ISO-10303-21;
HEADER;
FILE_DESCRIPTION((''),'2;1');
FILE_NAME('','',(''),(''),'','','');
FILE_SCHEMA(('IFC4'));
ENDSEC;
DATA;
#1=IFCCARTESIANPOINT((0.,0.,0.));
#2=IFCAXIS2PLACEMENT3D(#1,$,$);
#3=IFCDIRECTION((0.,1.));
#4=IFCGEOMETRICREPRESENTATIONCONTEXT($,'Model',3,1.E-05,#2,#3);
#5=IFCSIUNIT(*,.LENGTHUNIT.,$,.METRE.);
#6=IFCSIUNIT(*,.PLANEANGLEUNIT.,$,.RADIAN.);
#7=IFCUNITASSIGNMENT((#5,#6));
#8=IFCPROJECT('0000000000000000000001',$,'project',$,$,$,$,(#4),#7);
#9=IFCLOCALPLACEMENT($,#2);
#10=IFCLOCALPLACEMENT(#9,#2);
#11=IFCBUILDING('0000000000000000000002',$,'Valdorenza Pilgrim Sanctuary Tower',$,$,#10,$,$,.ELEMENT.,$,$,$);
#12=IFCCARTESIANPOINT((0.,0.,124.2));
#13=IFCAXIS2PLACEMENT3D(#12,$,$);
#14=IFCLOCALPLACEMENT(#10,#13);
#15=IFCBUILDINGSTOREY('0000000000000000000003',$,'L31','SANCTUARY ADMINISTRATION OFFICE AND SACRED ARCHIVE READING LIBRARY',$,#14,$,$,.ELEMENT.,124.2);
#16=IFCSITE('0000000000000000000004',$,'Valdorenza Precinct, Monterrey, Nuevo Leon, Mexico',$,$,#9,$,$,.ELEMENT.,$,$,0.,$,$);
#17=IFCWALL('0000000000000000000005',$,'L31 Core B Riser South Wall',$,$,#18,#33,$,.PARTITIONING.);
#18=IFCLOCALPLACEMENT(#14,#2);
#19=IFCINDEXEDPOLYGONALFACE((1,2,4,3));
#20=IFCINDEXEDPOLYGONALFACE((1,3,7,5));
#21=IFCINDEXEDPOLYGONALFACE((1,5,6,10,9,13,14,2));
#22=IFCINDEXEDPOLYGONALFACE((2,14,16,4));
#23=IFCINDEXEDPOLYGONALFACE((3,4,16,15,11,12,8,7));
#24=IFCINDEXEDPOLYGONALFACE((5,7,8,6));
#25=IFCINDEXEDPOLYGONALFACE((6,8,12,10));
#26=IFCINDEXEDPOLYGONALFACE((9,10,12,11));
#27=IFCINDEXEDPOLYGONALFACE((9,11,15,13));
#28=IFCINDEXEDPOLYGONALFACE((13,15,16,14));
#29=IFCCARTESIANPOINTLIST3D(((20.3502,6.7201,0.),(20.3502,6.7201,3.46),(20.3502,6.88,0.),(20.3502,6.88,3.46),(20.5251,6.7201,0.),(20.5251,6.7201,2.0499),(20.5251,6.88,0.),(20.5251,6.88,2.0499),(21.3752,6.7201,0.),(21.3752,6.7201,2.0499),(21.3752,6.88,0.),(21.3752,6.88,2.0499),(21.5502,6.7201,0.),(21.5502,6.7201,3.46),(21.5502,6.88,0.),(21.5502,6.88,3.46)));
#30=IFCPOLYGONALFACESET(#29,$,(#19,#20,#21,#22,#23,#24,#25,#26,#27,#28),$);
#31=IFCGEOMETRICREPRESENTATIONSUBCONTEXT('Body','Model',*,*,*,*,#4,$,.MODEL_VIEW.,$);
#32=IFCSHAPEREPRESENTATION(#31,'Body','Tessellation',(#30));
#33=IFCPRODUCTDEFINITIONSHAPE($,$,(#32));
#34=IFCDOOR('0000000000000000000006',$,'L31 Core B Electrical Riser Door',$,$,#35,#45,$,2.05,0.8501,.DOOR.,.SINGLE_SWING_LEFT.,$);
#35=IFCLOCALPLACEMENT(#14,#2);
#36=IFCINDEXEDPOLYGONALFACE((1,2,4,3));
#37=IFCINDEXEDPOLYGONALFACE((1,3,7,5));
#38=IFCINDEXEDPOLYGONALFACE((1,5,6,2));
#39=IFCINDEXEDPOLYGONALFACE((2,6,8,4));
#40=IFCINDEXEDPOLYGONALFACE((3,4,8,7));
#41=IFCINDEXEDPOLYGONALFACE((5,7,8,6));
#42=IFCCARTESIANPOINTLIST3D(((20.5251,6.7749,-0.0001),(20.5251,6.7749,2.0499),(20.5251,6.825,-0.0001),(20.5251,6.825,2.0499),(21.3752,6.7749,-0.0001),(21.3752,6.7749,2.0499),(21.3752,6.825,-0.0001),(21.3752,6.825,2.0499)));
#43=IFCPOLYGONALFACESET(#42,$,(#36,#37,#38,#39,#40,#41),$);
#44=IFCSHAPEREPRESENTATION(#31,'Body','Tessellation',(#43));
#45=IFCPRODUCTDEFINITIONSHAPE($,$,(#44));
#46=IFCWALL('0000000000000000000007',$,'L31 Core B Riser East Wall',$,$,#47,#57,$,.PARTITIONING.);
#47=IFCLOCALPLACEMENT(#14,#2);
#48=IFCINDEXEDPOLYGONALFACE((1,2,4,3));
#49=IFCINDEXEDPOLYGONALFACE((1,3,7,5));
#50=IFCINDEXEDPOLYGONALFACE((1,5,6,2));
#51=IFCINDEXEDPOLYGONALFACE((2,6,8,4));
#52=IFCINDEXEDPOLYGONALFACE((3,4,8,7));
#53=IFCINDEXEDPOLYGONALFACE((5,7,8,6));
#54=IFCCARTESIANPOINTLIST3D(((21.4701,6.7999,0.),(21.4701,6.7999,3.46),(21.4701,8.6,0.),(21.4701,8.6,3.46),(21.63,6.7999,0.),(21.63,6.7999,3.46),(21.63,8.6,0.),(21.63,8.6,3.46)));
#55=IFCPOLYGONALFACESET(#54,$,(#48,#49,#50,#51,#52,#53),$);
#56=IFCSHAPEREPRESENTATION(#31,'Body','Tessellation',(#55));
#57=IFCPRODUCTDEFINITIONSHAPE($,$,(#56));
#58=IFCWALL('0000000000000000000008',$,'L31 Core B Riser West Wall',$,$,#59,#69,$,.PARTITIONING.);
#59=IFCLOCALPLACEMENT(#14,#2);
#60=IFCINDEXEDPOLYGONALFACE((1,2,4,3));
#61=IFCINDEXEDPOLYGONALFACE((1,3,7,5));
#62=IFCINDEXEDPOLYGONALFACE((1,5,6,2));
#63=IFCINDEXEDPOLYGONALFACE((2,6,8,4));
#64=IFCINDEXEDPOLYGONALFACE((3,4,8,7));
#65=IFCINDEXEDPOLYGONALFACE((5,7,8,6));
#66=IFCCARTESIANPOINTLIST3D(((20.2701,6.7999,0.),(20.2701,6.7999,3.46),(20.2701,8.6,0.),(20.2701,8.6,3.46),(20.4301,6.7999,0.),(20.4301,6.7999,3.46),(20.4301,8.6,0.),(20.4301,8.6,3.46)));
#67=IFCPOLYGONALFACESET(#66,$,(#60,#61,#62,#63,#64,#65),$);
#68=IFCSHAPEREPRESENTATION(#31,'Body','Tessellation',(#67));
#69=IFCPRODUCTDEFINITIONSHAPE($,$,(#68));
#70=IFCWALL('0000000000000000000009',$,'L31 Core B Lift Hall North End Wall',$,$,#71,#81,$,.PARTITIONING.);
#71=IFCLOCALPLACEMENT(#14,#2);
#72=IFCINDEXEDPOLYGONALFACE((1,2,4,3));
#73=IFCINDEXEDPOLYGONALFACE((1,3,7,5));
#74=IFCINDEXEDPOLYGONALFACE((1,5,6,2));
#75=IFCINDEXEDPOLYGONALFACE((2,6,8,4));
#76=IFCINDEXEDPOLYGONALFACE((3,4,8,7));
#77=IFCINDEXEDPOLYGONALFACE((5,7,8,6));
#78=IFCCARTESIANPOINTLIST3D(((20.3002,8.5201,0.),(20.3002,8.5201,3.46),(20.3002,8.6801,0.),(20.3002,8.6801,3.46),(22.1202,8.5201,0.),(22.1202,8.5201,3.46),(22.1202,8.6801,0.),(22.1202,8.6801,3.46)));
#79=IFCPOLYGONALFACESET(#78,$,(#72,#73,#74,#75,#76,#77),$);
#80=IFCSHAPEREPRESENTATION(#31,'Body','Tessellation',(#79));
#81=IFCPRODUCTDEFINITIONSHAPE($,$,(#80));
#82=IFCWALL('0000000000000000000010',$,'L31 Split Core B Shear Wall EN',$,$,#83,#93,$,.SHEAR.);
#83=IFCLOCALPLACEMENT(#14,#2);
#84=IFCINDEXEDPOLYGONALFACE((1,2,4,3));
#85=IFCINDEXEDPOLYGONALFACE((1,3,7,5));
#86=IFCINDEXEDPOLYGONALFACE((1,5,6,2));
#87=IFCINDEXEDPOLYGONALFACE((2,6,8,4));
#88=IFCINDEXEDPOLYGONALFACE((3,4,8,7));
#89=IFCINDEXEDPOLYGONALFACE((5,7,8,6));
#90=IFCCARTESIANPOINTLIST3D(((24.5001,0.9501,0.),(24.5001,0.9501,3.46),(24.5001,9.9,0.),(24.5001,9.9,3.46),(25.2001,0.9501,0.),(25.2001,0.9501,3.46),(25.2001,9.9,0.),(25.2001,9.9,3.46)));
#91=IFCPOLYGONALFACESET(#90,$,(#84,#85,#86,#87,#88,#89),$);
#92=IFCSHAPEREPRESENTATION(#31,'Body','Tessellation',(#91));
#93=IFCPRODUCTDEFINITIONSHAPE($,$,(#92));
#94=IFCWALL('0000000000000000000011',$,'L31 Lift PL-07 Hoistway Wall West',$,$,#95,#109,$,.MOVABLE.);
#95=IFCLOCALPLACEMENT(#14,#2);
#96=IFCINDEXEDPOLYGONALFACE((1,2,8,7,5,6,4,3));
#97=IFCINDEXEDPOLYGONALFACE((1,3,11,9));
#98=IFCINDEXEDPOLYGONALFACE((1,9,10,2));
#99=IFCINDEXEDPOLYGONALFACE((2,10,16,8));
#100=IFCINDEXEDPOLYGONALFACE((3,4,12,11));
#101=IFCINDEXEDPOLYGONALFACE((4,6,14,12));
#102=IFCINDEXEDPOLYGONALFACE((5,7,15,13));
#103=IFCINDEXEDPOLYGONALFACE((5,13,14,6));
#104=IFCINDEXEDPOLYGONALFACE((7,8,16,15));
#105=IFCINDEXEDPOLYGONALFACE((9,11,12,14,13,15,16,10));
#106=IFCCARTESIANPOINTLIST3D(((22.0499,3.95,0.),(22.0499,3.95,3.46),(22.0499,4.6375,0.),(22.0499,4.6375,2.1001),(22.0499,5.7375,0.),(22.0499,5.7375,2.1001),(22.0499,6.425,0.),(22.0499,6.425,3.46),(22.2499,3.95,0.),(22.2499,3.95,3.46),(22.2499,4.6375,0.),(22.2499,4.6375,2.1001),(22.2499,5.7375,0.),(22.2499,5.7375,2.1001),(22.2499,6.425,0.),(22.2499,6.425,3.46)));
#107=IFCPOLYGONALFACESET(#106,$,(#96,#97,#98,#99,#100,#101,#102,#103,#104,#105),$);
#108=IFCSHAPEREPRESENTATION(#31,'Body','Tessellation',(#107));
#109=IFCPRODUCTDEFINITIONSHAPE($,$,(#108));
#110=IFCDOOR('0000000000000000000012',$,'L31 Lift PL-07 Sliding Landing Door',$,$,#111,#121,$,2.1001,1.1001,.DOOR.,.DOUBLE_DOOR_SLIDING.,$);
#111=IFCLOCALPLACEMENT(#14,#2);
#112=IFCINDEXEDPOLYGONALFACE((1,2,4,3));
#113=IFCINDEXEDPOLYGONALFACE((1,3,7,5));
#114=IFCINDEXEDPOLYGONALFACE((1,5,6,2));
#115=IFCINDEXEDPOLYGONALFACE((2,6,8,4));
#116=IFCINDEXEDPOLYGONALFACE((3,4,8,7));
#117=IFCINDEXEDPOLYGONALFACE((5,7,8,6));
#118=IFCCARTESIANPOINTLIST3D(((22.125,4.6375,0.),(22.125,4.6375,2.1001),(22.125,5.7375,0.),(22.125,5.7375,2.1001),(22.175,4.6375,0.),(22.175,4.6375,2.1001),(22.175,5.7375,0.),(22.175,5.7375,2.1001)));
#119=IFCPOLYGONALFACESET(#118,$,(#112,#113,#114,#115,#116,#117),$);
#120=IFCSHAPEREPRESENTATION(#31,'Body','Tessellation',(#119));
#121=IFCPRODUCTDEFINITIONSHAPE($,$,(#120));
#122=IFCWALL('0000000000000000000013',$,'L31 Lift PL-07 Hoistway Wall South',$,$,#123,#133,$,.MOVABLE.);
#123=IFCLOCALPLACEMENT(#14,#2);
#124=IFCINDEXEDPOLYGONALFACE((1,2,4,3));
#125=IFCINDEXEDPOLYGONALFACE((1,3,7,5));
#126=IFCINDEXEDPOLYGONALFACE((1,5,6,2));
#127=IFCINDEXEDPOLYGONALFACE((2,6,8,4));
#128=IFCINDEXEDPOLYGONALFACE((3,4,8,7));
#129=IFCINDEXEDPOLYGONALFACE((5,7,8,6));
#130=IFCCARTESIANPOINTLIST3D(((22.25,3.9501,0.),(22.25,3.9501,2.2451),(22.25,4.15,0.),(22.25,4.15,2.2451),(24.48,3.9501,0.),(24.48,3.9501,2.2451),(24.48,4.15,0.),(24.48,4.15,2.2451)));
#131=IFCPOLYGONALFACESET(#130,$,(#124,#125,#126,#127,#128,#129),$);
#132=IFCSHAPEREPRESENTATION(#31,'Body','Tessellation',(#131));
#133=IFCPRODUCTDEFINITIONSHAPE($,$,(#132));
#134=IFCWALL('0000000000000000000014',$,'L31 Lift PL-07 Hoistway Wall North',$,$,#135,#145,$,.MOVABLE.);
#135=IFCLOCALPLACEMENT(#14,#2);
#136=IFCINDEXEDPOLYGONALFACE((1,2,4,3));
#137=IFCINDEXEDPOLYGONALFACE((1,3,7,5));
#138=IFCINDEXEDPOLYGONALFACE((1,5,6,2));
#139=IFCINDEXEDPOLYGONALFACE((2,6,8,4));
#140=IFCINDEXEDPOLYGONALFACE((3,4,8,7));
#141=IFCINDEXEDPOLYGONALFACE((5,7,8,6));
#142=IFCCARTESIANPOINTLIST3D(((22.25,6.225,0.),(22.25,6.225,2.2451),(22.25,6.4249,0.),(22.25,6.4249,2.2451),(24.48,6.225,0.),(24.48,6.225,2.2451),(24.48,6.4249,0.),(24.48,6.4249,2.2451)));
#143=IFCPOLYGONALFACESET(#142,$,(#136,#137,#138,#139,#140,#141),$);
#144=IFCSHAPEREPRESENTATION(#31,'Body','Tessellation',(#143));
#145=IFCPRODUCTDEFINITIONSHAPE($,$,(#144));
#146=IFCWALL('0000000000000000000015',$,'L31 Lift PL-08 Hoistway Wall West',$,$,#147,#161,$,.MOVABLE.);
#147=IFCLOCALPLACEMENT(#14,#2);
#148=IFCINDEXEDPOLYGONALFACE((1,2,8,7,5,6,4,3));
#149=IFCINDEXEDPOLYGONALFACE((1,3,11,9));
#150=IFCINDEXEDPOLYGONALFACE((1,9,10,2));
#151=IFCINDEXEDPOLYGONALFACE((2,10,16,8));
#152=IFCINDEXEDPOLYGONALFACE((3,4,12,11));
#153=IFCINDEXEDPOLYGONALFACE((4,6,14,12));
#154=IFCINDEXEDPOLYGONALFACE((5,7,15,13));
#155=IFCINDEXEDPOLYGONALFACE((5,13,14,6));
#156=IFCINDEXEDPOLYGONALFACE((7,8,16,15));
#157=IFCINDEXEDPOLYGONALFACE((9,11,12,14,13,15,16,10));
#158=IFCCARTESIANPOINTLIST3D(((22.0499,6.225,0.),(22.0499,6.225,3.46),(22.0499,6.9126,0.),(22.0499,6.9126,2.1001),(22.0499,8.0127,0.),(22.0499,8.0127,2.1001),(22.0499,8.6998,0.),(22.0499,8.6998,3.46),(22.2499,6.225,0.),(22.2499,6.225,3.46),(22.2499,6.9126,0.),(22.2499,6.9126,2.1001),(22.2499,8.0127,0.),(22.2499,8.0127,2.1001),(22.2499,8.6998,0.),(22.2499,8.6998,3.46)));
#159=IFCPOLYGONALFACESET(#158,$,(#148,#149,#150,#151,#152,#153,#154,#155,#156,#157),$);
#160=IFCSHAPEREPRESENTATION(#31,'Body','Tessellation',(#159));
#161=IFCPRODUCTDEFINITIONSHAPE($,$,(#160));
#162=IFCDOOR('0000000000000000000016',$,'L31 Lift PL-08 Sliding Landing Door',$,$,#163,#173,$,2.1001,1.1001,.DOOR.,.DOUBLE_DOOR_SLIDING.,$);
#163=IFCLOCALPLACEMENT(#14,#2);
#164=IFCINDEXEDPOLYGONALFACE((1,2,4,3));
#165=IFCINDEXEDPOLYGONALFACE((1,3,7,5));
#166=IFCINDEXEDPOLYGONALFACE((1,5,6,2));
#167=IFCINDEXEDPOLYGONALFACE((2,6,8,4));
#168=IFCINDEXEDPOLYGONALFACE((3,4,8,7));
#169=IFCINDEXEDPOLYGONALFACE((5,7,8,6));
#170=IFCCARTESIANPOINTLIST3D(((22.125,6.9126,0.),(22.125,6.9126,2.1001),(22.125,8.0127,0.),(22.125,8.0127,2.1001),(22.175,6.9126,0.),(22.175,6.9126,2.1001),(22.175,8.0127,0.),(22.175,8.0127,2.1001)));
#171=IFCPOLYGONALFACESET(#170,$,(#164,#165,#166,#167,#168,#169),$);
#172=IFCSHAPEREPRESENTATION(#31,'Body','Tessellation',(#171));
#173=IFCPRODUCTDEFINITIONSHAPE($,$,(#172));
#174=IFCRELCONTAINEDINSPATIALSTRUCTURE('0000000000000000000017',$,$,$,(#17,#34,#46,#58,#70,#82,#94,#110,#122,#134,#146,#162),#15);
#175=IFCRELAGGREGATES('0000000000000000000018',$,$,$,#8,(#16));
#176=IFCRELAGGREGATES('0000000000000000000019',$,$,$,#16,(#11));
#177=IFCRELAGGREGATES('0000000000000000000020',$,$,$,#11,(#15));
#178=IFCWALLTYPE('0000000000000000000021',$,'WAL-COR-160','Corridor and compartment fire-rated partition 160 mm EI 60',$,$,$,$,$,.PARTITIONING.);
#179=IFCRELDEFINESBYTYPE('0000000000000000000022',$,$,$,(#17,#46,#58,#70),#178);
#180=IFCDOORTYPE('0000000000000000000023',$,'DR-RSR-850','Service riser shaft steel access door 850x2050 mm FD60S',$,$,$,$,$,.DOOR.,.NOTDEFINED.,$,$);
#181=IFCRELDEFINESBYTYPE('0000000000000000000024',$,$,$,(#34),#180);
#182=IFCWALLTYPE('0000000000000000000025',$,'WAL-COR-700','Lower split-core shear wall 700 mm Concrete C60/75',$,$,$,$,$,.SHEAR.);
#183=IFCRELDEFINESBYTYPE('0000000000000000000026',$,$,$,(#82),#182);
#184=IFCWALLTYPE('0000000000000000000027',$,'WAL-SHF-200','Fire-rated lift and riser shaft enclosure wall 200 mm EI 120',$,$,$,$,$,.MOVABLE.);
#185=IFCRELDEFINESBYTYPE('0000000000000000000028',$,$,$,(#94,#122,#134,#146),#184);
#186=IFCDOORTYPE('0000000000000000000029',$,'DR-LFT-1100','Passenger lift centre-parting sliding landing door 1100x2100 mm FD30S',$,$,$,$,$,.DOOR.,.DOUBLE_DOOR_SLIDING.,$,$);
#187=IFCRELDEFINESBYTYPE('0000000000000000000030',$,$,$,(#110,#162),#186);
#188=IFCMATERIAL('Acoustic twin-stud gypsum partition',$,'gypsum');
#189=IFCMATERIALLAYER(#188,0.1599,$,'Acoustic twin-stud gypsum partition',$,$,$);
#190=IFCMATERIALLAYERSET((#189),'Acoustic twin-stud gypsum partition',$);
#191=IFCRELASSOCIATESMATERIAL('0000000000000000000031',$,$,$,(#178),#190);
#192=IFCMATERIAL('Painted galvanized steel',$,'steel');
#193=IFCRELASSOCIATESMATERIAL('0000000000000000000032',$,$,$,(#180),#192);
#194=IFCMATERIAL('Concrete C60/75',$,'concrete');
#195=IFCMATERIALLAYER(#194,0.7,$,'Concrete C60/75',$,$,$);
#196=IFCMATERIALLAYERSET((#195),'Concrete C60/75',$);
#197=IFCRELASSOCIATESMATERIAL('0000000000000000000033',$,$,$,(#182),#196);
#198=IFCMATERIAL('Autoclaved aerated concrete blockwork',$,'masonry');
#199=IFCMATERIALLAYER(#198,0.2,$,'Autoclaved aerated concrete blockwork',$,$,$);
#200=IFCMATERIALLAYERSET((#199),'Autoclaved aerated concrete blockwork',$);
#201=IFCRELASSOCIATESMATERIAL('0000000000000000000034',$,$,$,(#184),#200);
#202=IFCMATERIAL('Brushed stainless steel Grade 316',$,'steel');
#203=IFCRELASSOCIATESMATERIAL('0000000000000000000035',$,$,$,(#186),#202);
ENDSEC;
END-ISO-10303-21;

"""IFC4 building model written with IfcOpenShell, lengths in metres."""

from ifc_helpers import new_model, si_unit, direction, frame, frame_2d, origin, place, context, subcontext, project, spatial, rectangle, extrude, material, layer, layer_set, type_object, element, fill, save


model = new_model("IFC4")

# Units and contexts
model_context = context("Model", 3, precision=1e-05, world=origin(), true_north=direction((0.0, 1.0)))
body_context = subcontext(model_context, "Body", "Model", "MODEL_VIEW")
ifc_project = project(units=[si_unit("LENGTHUNIT", "METRE"), si_unit("PLANEANGLEUNIT", "RADIAN")], contexts=[model_context])

# Site, building, storey
site_placement = place(None, origin())
site = spatial("IfcSite", under=ifc_project, at=site_placement, Name="Valdorenza Precinct, Monterrey, Nuevo Leon, Mexico", CompositionType="ELEMENT", RefElevation=0.0)
building_placement = place(site_placement, origin())
building = spatial("IfcBuilding", under=site, at=building_placement, Name="Valdorenza Pilgrim Sanctuary Tower", CompositionType="ELEMENT")
storey_placement = place(building_placement, frame((0.0, 0.0, 124.2)))
storey = spatial("IfcBuildingStorey", under=building, at=storey_placement, Name="L31", Description="SANCTUARY ADMINISTRATION OFFICE AND SACRED ARCHIVE READING LIBRARY", CompositionType="ELEMENT", Elevation=124.2)

# Wall, opening, door
ifc_material_1 = material(Name="Acoustic twin-stud gypsum partition", Category="gypsum")
ifc_layer_1 = layer(ifc_material_1, 0.1599, Name="Acoustic twin-stud gypsum partition")
ifc_layer_set_1 = layer_set([ifc_layer_1], Name="Acoustic twin-stud gypsum partition")
wall_type_1 = type_object("IfcWallType", Name="WAL-COR-160", Description="Corridor and compartment fire-rated partition 160 mm EI 60", PredefinedType="PARTITIONING", material=ifc_layer_set_1)
wall_1_placement = place(storey_placement, frame((20.3501, 6.8, 0.0), z_axis=(0.0, 0.0, 1.0), x_axis=(1.0, 0.0, 0.0)))
wall_1 = element("IfcWall", 1, at=wall_1_placement, inside=storey, type_object=wall_type_1, Name="L31 Core B Riser South Wall", PredefinedType="PARTITIONING", context=body_context, shape_type="SweptSolid", body=[
    extrude(rectangle(XDim=1.2, YDim=0.1599, at=frame_2d((0.6001, 0.0))), origin(), (0.0, 0.0, 1.0), 3.46),
])
opening_1_placement = place(wall_1_placement, frame((0.175, 0.0, 0.0)))
opening_1 = element("IfcOpeningElement", 2, at=opening_1_placement, cuts=wall_1, PredefinedType="OPENING", context=body_context, shape_type="SweptSolid", body=[
    extrude(rectangle(XDim=0.8501, YDim=2.05, at=frame_2d((0.425, 1.0249))), frame((0.0, 0.0947, 0.0), z_axis=(0.0, -1.0, 0.0), x_axis=(1.0, 0.0, 0.0)), (0.0, 0.0, 1.0), 0.1897),
])
ifc_material_2 = material(Name="Painted galvanized steel", Category="steel")
door_type_1 = type_object("IfcDoorType", Name="DR-RSR-850", Description="Service riser shaft steel access door 850x2050 mm FD60S", OperationType="NOTDEFINED", PredefinedType="DOOR", material=ifc_material_2)
door_1_placement = place(opening_1_placement, origin())
door_1 = element("IfcDoor", 3, at=door_1_placement, inside=storey, type_object=door_type_1, Name="L31 Core B Electrical Riser Door", OperationType="SINGLE_SWING_LEFT", OverallHeight=2.05, OverallWidth=0.8501, PredefinedType="DOOR", context=body_context, shape_type="SweptSolid", body=[
    extrude(rectangle(XDim=0.8501, YDim=2.05, at=frame_2d((0.425, 1.0249))), frame((0.0, 0.0249, 0.0), z_axis=(0.0, -1.0, 0.0), x_axis=(1.0, 0.0, 0.0)), (0.0, 0.0, 1.0), 0.05),
])
fill(opening_1, door_1)

# Walls
for number, where, z_axis, x_axis, name in (
    (4, (21.55, 6.8, 0.0), (0.0, 0.0, 1.0), (0.0, 1.0, 0.0), "L31 Core B Riser East Wall"),
    (5, (20.3501, 6.8, 0.0), (0.0, 0.0, 1.0), (0.0, 1.0, 0.0), "L31 Core B Riser West Wall"),
):
    element("IfcWall", number, at=place(storey_placement, frame(where, z_axis=z_axis, x_axis=x_axis)), inside=storey, type_object=wall_type_1, Name=name, PredefinedType="PARTITIONING", context=body_context, shape_type="SweptSolid", body=[
        extrude(rectangle(XDim=1.8, YDim=0.1599, at=frame_2d((0.8999, 0.0))), origin(), (0.0, 0.0, 1.0), 3.46),
    ])
wall_2_placement = place(storey_placement, frame((20.3, 8.6001, 0.0), z_axis=(0.0, 0.0, 1.0), x_axis=(1.0, 0.0, 0.0)))
element("IfcWall", 6, at=wall_2_placement, inside=storey, type_object=wall_type_1, Name="L31 Core B Lift Hall North End Wall", PredefinedType="PARTITIONING", context=body_context, shape_type="SweptSolid", body=[
    extrude(rectangle(XDim=1.8201, YDim=0.1599, at=frame_2d((0.9102, 0.0))), origin(), (0.0, 0.0, 1.0), 3.46),
])
ifc_material_3 = material(Name="Concrete C60/75", Category="concrete")
ifc_layer_2 = layer(ifc_material_3, 0.7, Name="Concrete C60/75")
ifc_layer_set_2 = layer_set([ifc_layer_2], Name="Concrete C60/75")
wall_type_2 = type_object("IfcWallType", Name="WAL-COR-700", Description="Lower split-core shear wall 700 mm Concrete C60/75", PredefinedType="SHEAR", material=ifc_layer_set_2)
wall_3_placement = place(storey_placement, frame((24.8501, 0.95, 0.0), z_axis=(0.0, 0.0, 1.0), x_axis=(0.0, 1.0, 0.0)))
element("IfcWall", 7, at=wall_3_placement, inside=storey, type_object=wall_type_2, Name="L31 Split Core B Shear Wall EN", PredefinedType="SHEAR", context=body_context, shape_type="SweptSolid", body=[
    extrude(rectangle(XDim=8.95, YDim=0.7, at=frame_2d((4.4751, 0.0))), origin(), (0.0, 0.0, 1.0), 3.46),
])

# Wall, opening, door
ifc_material_4 = material(Name="Autoclaved aerated concrete blockwork", Category="masonry")
ifc_layer_3 = layer(ifc_material_4, 0.2, Name="Autoclaved aerated concrete blockwork")
ifc_layer_set_3 = layer_set([ifc_layer_3], Name="Autoclaved aerated concrete blockwork")
wall_type_3 = type_object("IfcWallType", Name="WAL-SHF-200", Description="Fire-rated lift and riser shaft enclosure wall 200 mm EI 120", PredefinedType="MOVABLE", material=ifc_layer_set_3)
wall_4_placement = place(storey_placement, frame((22.1499, 3.95, 0.0), z_axis=(0.0, 0.0, 1.0), x_axis=(0.0, 1.0, 0.0)))
wall_4 = element("IfcWall", 8, at=wall_4_placement, inside=storey, type_object=wall_type_3, Name="L31 Lift PL-07 Hoistway Wall West", PredefinedType="MOVABLE", context=body_context, shape_type="SweptSolid", body=[
    extrude(rectangle(XDim=2.4751, YDim=0.2, at=frame_2d((1.2375, 0.0))), origin(), (0.0, 0.0, 1.0), 3.46),
])
opening_2_placement = place(wall_4_placement, frame((0.6875, 0.0, 0.0)))
opening_2 = element("IfcOpeningElement", 9, at=opening_2_placement, cuts=wall_4, PredefinedType="OPENING", context=body_context, shape_type="SweptSolid", body=[
    extrude(rectangle(XDim=1.1001, YDim=2.1001, at=frame_2d((0.55, 1.05))), frame((0.0, 0.1147, 0.0), z_axis=(0.0, -1.0, 0.0), x_axis=(1.0, 0.0, 0.0)), (0.0, 0.0, 1.0), 0.2297),
])
ifc_material_5 = material(Name="Brushed stainless steel Grade 316", Category="steel")
door_type_2 = type_object("IfcDoorType", Name="DR-LFT-1100", Description="Passenger lift centre-parting sliding landing door 1100x2100 mm FD30S", OperationType="DOUBLE_DOOR_SLIDING", PredefinedType="DOOR", material=ifc_material_5)
door_2_placement = place(opening_2_placement, origin())
door_2 = element("IfcDoor", 10, at=door_2_placement, inside=storey, type_object=door_type_2, Name="L31 Lift PL-07 Sliding Landing Door", OperationType="DOUBLE_DOOR_SLIDING", OverallHeight=2.1001, OverallWidth=1.1001, PredefinedType="DOOR", context=body_context, shape_type="SweptSolid", body=[
    extrude(rectangle(XDim=1.1001, YDim=2.1001, at=frame_2d((0.55, 1.05))), frame((0.0, 0.0249, 0.0), z_axis=(0.0, -1.0, 0.0), x_axis=(1.0, 0.0, 0.0)), (0.0, 0.0, 1.0), 0.05),
])
fill(opening_2, door_2)

# Walls
for number, where, z_axis, x_axis, name in (
    (11, (22.25, 4.05, 0.0), (0.0, 0.0, 1.0), (1.0, 0.0, 0.0), "L31 Lift PL-07 Hoistway Wall South"),
    (12, (22.25, 6.325, 0.0), (0.0, 0.0, 1.0), (1.0, 0.0, 0.0), "L31 Lift PL-07 Hoistway Wall North"),
):
    element("IfcWall", number, at=place(storey_placement, frame(where, z_axis=z_axis, x_axis=x_axis)), inside=storey, type_object=wall_type_3, Name=name, PredefinedType="MOVABLE", context=body_context, shape_type="SweptSolid", body=[
        extrude(rectangle(XDim=2.23, YDim=0.2, at=frame_2d((1.115, 0.0))), origin(), (0.0, 0.0, 1.0), 2.2451),
    ])

# Wall, opening, door
wall_5_placement = place(storey_placement, frame((22.1499, 6.2251, 0.0), z_axis=(0.0, 0.0, 1.0), x_axis=(0.0, 1.0, 0.0)))
wall_5 = element("IfcWall", 13, at=wall_5_placement, inside=storey, type_object=wall_type_3, Name="L31 Lift PL-08 Hoistway Wall West", PredefinedType="MOVABLE", context=body_context, shape_type="SweptSolid", body=[
    extrude(rectangle(XDim=2.4749, YDim=0.2, at=frame_2d((1.2373, 0.0))), origin(), (0.0, 0.0, 1.0), 3.46),
])
opening_3_placement = place(wall_5_placement, frame((0.6875, 0.0, 0.0)))
opening_3 = element("IfcOpeningElement", 14, at=opening_3_placement, cuts=wall_5, PredefinedType="OPENING", context=body_context, shape_type="SweptSolid", body=[
    extrude(rectangle(XDim=1.1001, YDim=2.1001, at=frame_2d((0.55, 1.05))), frame((0.0, 0.1147, 0.0), z_axis=(0.0, -1.0, 0.0), x_axis=(1.0, 0.0, 0.0)), (0.0, 0.0, 1.0), 0.2297),
])
door_3_placement = place(opening_3_placement, origin())
door_3 = element("IfcDoor", 15, at=door_3_placement, inside=storey, type_object=door_type_2, Name="L31 Lift PL-08 Sliding Landing Door", OperationType="DOUBLE_DOOR_SLIDING", OverallHeight=2.1001, OverallWidth=1.1001, PredefinedType="DOOR", context=body_context, shape_type="SweptSolid", body=[
    extrude(rectangle(XDim=1.1001, YDim=2.1001, at=frame_2d((0.55, 1.05))), frame((0.0, 0.0249, 0.0), z_axis=(0.0, -1.0, 0.0), x_axis=(1.0, 0.0, 0.0)), (0.0, 0.0, 1.0), 0.05),
])
fill(opening_3, door_3)

save(model, "model.ifc")
